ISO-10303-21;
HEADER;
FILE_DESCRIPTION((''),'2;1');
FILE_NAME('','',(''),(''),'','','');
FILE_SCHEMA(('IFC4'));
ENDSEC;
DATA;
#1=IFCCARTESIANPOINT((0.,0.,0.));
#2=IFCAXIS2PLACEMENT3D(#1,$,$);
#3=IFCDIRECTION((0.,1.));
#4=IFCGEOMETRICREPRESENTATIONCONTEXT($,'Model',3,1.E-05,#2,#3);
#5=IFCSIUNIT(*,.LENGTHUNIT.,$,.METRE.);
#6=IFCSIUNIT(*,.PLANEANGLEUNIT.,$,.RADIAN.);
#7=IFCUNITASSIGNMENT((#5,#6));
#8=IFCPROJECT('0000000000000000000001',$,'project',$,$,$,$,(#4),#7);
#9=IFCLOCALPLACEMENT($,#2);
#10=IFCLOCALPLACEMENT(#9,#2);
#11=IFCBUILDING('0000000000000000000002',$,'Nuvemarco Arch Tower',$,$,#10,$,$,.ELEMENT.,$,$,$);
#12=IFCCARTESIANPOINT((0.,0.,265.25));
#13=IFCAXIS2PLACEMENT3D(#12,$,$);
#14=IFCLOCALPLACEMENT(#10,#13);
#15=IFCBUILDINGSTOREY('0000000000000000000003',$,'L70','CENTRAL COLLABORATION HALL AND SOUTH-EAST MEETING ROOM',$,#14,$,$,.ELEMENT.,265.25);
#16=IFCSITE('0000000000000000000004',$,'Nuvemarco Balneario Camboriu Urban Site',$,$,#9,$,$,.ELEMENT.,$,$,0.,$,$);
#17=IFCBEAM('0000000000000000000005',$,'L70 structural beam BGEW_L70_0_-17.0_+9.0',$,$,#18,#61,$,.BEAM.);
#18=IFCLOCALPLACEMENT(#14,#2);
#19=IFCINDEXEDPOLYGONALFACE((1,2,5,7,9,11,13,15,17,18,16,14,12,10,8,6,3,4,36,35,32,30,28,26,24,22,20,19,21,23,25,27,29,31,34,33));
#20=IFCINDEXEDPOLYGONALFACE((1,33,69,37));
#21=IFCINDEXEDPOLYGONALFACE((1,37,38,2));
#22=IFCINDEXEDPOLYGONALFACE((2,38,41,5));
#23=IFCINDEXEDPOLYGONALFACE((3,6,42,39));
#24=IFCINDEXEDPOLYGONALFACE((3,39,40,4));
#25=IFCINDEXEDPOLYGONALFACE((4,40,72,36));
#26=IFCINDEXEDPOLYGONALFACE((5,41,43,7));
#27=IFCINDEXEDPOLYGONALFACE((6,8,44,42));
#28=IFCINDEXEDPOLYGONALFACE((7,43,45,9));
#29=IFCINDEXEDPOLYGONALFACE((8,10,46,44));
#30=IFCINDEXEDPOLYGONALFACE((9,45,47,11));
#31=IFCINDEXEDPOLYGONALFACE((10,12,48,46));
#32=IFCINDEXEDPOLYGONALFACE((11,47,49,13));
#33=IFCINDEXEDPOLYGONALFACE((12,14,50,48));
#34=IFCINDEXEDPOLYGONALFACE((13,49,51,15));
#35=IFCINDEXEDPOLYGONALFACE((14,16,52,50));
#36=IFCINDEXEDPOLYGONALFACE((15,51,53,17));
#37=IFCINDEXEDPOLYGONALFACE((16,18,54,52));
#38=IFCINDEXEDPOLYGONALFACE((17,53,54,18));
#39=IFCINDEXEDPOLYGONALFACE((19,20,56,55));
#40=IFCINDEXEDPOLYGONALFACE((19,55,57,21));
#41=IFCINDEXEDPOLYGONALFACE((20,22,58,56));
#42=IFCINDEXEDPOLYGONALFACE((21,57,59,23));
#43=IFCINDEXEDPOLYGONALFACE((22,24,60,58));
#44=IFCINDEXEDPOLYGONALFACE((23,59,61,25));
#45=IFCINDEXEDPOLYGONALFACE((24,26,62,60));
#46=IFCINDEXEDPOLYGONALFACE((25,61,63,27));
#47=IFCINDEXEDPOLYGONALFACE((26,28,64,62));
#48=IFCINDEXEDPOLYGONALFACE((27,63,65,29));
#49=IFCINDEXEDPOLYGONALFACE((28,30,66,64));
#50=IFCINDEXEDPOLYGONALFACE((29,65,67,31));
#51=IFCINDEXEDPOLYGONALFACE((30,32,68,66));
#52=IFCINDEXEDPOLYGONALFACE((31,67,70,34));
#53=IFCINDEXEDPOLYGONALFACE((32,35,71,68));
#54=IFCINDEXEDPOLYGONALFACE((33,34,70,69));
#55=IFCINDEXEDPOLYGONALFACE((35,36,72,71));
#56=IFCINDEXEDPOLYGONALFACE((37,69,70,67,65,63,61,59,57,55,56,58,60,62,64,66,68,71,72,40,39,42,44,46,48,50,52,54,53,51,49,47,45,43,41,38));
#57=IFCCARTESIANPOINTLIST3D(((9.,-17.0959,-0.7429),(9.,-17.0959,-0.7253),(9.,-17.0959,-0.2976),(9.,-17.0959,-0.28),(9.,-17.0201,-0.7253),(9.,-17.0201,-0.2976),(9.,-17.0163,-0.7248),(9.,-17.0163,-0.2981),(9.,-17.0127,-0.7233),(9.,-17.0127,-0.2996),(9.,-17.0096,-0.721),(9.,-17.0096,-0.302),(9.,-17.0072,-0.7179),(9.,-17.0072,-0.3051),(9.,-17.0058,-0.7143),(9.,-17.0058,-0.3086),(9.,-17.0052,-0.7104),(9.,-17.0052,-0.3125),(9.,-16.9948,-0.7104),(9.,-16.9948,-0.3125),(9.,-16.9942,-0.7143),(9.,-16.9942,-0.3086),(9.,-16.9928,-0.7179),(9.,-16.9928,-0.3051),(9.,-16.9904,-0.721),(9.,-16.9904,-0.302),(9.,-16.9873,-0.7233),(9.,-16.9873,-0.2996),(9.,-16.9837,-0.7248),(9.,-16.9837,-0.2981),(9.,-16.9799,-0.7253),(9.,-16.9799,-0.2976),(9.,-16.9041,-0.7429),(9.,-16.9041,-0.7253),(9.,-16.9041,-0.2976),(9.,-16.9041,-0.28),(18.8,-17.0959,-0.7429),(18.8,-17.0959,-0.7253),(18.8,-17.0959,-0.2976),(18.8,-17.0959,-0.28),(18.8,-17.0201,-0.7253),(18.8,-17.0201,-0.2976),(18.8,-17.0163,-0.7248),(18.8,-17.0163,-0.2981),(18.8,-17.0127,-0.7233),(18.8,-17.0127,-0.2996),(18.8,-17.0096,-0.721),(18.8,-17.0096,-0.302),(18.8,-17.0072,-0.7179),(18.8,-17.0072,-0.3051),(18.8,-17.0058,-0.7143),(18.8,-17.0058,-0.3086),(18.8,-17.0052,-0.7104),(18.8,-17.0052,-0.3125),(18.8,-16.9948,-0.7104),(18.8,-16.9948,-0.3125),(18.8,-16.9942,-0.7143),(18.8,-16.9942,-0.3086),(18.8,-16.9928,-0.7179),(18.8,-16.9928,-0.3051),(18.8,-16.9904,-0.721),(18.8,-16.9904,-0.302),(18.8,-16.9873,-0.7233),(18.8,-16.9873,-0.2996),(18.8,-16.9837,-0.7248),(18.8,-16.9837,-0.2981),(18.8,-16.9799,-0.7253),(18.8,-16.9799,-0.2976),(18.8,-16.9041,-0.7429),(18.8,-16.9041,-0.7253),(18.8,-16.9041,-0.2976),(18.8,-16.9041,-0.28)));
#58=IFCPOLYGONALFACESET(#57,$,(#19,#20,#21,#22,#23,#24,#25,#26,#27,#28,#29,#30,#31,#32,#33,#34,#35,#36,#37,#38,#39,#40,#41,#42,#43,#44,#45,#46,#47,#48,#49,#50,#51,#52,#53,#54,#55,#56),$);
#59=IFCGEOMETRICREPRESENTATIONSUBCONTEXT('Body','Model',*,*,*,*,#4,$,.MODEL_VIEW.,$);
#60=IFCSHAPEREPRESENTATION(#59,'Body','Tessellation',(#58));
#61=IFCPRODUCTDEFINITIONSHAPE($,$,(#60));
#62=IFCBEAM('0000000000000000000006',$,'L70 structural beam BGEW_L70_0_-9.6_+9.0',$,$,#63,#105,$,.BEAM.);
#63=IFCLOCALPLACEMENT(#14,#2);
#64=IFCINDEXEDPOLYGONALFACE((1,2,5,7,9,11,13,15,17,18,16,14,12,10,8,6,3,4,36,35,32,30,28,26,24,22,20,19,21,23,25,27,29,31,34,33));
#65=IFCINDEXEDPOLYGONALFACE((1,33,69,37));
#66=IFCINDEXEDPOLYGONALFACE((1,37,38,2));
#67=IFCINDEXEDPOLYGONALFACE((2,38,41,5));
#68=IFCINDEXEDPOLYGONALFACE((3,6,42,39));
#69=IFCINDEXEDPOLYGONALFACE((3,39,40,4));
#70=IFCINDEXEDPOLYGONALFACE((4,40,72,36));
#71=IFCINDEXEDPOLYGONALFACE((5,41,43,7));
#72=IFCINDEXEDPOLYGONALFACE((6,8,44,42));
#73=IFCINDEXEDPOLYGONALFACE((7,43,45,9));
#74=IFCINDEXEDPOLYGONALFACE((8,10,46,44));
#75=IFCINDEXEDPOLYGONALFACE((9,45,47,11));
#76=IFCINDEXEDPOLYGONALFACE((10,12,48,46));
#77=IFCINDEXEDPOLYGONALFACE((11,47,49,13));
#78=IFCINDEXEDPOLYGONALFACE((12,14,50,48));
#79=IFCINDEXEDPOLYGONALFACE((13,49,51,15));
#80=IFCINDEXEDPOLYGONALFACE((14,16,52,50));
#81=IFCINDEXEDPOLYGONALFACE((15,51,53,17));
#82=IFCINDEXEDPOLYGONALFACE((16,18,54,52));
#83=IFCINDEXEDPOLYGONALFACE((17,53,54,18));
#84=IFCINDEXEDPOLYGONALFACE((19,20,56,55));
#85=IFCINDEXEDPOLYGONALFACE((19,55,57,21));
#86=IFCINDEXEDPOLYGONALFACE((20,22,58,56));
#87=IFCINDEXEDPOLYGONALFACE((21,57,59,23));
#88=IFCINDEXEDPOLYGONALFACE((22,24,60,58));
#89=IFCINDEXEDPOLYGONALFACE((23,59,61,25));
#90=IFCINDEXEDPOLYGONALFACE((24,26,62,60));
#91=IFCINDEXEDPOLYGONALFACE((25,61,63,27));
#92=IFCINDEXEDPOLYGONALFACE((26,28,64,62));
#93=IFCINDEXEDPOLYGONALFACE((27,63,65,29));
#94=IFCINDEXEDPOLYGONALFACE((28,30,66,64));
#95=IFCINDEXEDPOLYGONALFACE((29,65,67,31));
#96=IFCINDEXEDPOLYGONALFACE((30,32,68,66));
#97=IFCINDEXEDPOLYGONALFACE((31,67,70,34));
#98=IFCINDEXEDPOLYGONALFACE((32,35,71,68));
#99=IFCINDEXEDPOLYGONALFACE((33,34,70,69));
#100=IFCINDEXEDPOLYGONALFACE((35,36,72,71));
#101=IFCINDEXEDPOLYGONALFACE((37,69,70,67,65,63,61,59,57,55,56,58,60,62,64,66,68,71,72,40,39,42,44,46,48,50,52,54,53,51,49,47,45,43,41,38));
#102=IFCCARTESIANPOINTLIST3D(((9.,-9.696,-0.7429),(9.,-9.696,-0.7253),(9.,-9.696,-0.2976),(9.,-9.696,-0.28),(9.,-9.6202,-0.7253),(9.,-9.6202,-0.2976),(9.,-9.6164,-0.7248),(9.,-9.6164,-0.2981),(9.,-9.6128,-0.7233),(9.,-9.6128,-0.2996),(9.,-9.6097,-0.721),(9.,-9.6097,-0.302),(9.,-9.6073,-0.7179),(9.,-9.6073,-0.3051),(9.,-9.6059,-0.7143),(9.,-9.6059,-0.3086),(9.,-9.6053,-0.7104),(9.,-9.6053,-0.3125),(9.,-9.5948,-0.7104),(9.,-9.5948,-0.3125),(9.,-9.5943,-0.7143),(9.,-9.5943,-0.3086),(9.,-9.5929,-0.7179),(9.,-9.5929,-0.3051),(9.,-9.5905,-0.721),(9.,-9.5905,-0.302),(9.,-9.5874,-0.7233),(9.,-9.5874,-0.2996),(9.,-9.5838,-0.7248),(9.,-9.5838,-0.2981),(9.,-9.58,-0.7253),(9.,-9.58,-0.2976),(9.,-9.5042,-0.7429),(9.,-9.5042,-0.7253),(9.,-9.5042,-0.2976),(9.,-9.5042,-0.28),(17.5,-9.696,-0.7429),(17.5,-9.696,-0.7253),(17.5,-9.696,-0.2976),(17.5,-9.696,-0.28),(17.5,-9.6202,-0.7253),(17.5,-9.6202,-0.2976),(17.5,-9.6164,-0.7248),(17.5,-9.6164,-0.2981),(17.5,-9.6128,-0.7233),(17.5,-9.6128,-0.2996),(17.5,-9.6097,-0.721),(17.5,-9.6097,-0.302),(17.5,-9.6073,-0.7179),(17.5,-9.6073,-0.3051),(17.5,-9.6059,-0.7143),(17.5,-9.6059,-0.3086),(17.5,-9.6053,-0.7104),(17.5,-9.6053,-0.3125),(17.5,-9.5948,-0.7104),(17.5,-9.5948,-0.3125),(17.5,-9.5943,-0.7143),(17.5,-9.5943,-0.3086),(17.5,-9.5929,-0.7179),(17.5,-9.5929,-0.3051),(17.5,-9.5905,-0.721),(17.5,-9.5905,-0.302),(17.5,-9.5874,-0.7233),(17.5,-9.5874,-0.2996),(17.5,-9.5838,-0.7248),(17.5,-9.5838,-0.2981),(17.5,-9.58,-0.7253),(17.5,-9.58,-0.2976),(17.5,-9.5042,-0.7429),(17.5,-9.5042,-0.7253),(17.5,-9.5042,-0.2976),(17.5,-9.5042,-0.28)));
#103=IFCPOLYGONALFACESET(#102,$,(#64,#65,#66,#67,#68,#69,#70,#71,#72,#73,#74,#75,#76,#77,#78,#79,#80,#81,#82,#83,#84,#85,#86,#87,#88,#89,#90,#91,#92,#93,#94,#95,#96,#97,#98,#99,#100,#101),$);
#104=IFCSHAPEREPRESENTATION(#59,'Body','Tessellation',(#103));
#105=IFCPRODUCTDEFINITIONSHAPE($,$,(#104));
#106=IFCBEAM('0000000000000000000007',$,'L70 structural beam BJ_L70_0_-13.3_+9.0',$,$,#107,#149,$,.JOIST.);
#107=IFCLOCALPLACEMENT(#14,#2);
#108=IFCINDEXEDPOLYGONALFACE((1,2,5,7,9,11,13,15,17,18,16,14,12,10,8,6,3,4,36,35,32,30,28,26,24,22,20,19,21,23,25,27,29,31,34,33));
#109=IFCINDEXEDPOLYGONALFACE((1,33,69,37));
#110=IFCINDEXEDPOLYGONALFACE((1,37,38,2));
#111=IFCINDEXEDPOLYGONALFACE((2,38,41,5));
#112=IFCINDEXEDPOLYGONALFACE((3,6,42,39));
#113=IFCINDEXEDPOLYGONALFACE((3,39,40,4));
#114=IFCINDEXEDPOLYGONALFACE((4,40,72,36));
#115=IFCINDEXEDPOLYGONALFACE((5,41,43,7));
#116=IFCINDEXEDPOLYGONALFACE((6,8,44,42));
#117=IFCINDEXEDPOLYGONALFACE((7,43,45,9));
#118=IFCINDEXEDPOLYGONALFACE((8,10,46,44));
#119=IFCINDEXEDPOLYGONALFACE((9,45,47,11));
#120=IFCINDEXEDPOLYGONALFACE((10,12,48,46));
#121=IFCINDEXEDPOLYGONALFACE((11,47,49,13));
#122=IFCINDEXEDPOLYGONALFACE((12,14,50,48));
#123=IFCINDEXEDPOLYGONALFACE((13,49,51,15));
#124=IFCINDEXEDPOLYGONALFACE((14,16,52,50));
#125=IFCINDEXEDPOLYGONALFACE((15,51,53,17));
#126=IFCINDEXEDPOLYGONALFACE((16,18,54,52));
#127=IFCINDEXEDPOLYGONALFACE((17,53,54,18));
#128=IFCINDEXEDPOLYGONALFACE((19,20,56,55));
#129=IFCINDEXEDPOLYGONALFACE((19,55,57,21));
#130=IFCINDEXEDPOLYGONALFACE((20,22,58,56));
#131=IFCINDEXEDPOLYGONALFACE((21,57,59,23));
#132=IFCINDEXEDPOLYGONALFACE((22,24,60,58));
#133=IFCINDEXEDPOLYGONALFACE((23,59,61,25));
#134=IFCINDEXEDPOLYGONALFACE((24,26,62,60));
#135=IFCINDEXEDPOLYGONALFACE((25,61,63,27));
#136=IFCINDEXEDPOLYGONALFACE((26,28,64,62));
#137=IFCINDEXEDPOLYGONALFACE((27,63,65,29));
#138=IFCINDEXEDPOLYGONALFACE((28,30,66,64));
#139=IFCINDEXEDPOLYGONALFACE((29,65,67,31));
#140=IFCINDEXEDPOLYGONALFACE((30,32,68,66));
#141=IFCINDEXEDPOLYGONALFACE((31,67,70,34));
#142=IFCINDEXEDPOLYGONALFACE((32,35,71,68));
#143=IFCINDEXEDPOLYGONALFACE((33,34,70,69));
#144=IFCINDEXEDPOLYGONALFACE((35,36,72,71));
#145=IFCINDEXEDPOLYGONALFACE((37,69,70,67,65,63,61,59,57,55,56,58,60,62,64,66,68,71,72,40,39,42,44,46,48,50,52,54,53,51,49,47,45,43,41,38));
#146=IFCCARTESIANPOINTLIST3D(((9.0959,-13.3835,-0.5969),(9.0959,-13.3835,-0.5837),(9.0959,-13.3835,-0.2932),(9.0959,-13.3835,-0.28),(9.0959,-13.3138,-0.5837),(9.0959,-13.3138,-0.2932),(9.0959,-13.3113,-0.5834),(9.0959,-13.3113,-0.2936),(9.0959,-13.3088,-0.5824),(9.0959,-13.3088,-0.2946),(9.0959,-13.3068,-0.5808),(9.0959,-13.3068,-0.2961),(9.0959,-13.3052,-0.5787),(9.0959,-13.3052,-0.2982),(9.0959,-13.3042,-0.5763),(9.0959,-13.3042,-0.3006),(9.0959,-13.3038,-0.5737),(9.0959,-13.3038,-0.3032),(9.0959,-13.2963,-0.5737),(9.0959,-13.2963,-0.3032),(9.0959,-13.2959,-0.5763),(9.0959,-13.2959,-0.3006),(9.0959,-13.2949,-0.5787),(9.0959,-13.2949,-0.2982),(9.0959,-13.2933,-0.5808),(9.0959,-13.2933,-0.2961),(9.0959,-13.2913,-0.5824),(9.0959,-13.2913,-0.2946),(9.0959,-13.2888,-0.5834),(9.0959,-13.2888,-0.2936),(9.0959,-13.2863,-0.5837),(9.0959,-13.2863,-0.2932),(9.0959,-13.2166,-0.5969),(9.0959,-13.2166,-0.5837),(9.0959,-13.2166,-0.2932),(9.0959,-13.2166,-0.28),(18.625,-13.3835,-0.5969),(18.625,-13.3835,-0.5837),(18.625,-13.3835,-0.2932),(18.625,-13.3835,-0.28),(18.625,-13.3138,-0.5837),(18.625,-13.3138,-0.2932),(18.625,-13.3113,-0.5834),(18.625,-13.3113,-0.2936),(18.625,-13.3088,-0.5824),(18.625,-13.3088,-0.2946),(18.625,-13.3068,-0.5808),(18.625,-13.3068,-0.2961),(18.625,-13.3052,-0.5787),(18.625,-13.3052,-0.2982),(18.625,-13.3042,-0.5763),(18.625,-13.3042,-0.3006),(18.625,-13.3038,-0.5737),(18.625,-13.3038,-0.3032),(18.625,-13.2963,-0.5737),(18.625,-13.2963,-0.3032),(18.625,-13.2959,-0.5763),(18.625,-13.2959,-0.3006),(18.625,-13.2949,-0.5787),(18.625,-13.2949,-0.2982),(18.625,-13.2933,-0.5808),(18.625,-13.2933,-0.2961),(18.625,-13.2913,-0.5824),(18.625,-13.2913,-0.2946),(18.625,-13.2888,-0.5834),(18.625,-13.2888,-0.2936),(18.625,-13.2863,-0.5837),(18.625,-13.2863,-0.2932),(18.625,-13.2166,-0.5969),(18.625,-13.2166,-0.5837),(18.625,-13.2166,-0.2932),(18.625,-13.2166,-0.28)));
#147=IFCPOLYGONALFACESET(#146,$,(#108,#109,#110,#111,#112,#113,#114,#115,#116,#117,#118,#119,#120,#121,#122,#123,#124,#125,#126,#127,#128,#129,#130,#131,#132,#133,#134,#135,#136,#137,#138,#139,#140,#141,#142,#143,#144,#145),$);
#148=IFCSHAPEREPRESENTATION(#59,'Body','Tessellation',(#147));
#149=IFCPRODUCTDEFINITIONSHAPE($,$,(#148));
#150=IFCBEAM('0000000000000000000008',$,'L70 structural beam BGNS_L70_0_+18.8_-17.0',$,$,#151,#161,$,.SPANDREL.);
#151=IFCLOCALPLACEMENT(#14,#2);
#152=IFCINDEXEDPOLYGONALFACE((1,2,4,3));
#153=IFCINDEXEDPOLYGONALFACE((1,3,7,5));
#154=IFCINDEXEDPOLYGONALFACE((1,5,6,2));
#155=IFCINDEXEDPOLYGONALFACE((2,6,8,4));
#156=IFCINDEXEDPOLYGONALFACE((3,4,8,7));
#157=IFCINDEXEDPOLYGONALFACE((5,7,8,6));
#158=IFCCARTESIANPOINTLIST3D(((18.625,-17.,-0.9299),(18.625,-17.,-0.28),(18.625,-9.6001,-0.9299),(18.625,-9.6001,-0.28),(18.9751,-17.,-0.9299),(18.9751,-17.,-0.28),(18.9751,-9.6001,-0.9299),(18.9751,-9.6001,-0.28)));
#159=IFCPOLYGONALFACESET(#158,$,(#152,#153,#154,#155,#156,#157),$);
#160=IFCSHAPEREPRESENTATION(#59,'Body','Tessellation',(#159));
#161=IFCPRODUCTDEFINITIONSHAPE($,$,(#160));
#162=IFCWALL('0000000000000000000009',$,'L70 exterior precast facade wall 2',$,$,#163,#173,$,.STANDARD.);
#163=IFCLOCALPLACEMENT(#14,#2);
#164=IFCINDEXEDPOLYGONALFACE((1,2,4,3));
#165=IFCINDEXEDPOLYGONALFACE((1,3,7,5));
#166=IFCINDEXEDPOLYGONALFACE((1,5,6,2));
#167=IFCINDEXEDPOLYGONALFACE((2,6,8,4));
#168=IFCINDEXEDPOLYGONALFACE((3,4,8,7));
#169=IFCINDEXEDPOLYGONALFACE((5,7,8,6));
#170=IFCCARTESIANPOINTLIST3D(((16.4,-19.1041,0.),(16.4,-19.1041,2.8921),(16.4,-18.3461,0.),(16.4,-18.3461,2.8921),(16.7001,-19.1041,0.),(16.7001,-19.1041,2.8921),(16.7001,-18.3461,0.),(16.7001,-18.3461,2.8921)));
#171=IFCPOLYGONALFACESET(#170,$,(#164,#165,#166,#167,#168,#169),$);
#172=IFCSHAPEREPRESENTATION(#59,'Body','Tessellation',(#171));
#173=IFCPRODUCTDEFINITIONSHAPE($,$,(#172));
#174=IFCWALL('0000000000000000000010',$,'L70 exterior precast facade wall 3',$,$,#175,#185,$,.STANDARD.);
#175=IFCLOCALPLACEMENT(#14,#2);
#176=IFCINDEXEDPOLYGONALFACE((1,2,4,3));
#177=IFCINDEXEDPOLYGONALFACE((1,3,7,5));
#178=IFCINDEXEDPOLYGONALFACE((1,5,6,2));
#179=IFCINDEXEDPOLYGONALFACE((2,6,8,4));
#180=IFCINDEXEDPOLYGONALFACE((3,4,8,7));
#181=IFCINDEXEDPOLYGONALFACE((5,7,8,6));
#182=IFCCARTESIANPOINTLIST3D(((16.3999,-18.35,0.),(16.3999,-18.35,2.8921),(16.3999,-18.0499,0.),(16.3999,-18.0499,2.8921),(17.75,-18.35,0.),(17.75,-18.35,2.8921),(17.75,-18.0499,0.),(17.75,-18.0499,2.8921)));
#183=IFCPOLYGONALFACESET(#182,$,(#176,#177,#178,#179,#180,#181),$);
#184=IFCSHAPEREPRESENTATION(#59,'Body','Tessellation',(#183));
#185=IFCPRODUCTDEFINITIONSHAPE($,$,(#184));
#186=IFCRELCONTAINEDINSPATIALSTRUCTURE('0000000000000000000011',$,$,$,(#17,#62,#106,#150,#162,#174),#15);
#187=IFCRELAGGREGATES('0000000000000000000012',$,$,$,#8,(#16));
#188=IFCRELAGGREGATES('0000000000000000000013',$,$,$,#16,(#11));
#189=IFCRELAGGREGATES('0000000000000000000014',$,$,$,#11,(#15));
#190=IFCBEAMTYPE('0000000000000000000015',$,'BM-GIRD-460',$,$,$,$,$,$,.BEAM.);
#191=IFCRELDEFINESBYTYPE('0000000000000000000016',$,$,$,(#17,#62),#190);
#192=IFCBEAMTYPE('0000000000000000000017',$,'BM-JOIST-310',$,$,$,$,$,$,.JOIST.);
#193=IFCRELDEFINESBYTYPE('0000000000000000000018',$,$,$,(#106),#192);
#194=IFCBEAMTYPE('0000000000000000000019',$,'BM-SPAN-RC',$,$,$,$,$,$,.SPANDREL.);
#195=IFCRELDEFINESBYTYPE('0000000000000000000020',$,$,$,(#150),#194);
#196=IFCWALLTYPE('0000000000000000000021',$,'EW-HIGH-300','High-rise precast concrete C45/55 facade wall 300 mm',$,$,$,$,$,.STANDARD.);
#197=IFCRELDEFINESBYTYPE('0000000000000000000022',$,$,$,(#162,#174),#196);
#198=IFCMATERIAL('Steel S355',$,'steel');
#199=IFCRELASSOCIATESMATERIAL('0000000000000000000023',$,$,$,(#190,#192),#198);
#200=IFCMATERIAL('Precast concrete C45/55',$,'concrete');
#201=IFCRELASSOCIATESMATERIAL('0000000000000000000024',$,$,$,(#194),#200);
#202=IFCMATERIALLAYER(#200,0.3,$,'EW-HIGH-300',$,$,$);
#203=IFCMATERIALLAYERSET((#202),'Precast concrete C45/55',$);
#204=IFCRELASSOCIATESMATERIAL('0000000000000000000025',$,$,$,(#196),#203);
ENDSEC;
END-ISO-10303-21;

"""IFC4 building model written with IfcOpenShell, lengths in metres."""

from ifc_helpers import new_model, si_unit, direction, frame, frame_2d, origin, origin_2d, place, context, subcontext, project, spatial, rectangle, i_section, extrude, material, layer, layer_set, material_profile, profile_set, type_object, element, save


model = new_model("IFC4")

# Units and contexts
model_context = context("Model", 3, precision=1e-05, world=origin(), true_north=direction((0.0, 1.0)))
body_context = subcontext(model_context, "Body", "Model", "MODEL_VIEW")
ifc_project = project(units=[si_unit("LENGTHUNIT", "METRE"), si_unit("PLANEANGLEUNIT", "RADIAN")], contexts=[model_context])

# Site, building, storey
site_placement = place(None, origin())
site = spatial("IfcSite", under=ifc_project, at=site_placement, Name="Nuvemarco Balneario Camboriu Urban Site", CompositionType="ELEMENT", RefElevation=0.0)
building_placement = place(site_placement, origin())
building = spatial("IfcBuilding", under=site, at=building_placement, Name="Nuvemarco Arch Tower", CompositionType="ELEMENT")
storey_placement = place(building_placement, frame((0.0, 0.0, 265.25)))
storey = spatial("IfcBuildingStorey", under=building, at=storey_placement, Name="L70", Description="CENTRAL COLLABORATION HALL AND SOUTH-EAST MEETING ROOM", CompositionType="ELEMENT", Elevation=265.25)

# Shared definitions
ifc_material_1 = material(Name="Steel S355", Category="steel")

# Beams
ifc_material_profile_1 = material_profile(ifc_material_1, i_section(OverallWidth=0.1919, OverallDepth=0.4629, WebThickness=0.0105, FlangeThickness=0.0176, FilletRadius=0.0149, at=origin_2d()), Name="W460x89")
ifc_profile_set_1 = profile_set([ifc_material_profile_1], Name="Steel S355")
beam_type_1 = type_object("IfcBeamType", Name="BM-GIRD-460", PredefinedType="BEAM", material=ifc_profile_set_1)
beam_1_placement = place(storey_placement, frame((9.0, -17.0, -0.5115), z_axis=(1.0, 0.0, 0.0), x_axis=(0.0, 1.0, 0.0)))
element("IfcBeam", 1, at=beam_1_placement, inside=storey, type_object=beam_type_1, Name="L70 structural beam BGEW_L70_0_-17.0_+9.0", PredefinedType="BEAM", context=body_context, shape_type="SweptSolid", body=[
    extrude(i_section(OverallWidth=0.1919, OverallDepth=0.4629, WebThickness=0.0105, FlangeThickness=0.0176, FilletRadius=0.0149, at=origin_2d()), origin(), (0.0, 0.0, 1.0), 9.8),
])
beam_2_placement = place(storey_placement, frame((9.0, -9.6001, -0.5115), z_axis=(1.0, 0.0, 0.0), x_axis=(0.0, 1.0, 0.0)))
element("IfcBeam", 2, at=beam_2_placement, inside=storey, type_object=beam_type_1, Name="L70 structural beam BGEW_L70_0_-9.6_+9.0", PredefinedType="BEAM", context=body_context, shape_type="SweptSolid", body=[
    extrude(i_section(OverallWidth=0.1919, OverallDepth=0.4629, WebThickness=0.0105, FlangeThickness=0.0176, FilletRadius=0.0149, at=origin_2d()), origin(), (0.0, 0.0, 1.0), 8.5),
])
ifc_material_profile_2 = material_profile(ifc_material_1, i_section(OverallWidth=0.167, OverallDepth=0.3169, WebThickness=0.0076, FlangeThickness=0.0132, FilletRadius=0.01, at=origin_2d()), Name="W310x52")
ifc_profile_set_2 = profile_set([ifc_material_profile_2], Name="Steel S355")
beam_type_2 = type_object("IfcBeamType", Name="BM-JOIST-310", PredefinedType="JOIST", material=ifc_profile_set_2)
beam_3_placement = place(storey_placement, frame((9.0959, -13.3, -0.4385), z_axis=(1.0, 0.0, 0.0), x_axis=(0.0, 1.0, 0.0)))
element("IfcBeam", 3, at=beam_3_placement, inside=storey, type_object=beam_type_2, Name="L70 structural beam BJ_L70_0_-13.3_+9.0", PredefinedType="JOIST", context=body_context, shape_type="SweptSolid", body=[
    extrude(i_section(OverallWidth=0.167, OverallDepth=0.3169, WebThickness=0.0076, FlangeThickness=0.0132, FilletRadius=0.01, at=origin_2d()), origin(), (0.0, 0.0, 1.0), 9.5291),
])
ifc_material_2 = material(Name="Precast concrete C45/55", Category="concrete")
ifc_material_profile_3 = material_profile(ifc_material_2, rectangle(XDim=0.3501, YDim=0.6499, at=origin_2d()), Name="PC-SP-350x650")
ifc_profile_set_3 = profile_set([ifc_material_profile_3], Name="Precast concrete C45/55")
beam_type_3 = type_object("IfcBeamType", Name="BM-SPAN-RC", PredefinedType="SPANDREL", material=ifc_profile_set_3)
beam_4_placement = place(storey_placement, frame((18.8, -17.0, -0.605), z_axis=(0.0, 1.0, 0.0), x_axis=(-1.0, 0.0, 0.0)))
element("IfcBeam", 4, at=beam_4_placement, inside=storey, type_object=beam_type_3, Name="L70 structural beam BGNS_L70_0_+18.8_-17.0", PredefinedType="SPANDREL", context=body_context, shape_type="SweptSolid", body=[
    extrude(rectangle(XDim=0.3501, YDim=0.6499, at=origin_2d()), origin(), (0.0, 0.0, 1.0), 7.3999),
])

# Walls
ifc_layer_1 = layer(ifc_material_2, 0.3, Name="EW-HIGH-300")
ifc_layer_set_1 = layer_set([ifc_layer_1], Name="Precast concrete C45/55")
wall_type_1 = type_object("IfcWallType", Name="EW-HIGH-300", Description="High-rise precast concrete C45/55 facade wall 300 mm", PredefinedType="STANDARD", material=ifc_layer_set_1)
wall_1_placement = place(storey_placement, frame((16.55, -19.104, 0.0), z_axis=(0.0, 0.0, 1.0), x_axis=(0.0, 1.0, 0.0)))
element("IfcWall", 5, at=wall_1_placement, inside=storey, type_object=wall_type_1, Name="L70 exterior precast facade wall 2", PredefinedType="STANDARD", context=body_context, shape_type="SweptSolid", body=[
    extrude(rectangle(XDim=0.7581, YDim=0.3, at=frame_2d((0.3789, 0.0))), origin(), (0.0, 0.0, 1.0), 2.8921),
])
wall_2_placement = place(storey_placement, frame((16.3999, -18.2, 0.0), z_axis=(0.0, 0.0, 1.0), x_axis=(1.0, 0.0, 0.0)))
element("IfcWall", 6, at=wall_2_placement, inside=storey, type_object=wall_type_1, Name="L70 exterior precast facade wall 3", PredefinedType="STANDARD", context=body_context, shape_type="SweptSolid", body=[
    extrude(rectangle(XDim=1.3501, YDim=0.3, at=frame_2d((0.675, 0.0))), origin(), (0.0, 0.0, 1.0), 2.8921),
])

save(model, "model.ifc")
